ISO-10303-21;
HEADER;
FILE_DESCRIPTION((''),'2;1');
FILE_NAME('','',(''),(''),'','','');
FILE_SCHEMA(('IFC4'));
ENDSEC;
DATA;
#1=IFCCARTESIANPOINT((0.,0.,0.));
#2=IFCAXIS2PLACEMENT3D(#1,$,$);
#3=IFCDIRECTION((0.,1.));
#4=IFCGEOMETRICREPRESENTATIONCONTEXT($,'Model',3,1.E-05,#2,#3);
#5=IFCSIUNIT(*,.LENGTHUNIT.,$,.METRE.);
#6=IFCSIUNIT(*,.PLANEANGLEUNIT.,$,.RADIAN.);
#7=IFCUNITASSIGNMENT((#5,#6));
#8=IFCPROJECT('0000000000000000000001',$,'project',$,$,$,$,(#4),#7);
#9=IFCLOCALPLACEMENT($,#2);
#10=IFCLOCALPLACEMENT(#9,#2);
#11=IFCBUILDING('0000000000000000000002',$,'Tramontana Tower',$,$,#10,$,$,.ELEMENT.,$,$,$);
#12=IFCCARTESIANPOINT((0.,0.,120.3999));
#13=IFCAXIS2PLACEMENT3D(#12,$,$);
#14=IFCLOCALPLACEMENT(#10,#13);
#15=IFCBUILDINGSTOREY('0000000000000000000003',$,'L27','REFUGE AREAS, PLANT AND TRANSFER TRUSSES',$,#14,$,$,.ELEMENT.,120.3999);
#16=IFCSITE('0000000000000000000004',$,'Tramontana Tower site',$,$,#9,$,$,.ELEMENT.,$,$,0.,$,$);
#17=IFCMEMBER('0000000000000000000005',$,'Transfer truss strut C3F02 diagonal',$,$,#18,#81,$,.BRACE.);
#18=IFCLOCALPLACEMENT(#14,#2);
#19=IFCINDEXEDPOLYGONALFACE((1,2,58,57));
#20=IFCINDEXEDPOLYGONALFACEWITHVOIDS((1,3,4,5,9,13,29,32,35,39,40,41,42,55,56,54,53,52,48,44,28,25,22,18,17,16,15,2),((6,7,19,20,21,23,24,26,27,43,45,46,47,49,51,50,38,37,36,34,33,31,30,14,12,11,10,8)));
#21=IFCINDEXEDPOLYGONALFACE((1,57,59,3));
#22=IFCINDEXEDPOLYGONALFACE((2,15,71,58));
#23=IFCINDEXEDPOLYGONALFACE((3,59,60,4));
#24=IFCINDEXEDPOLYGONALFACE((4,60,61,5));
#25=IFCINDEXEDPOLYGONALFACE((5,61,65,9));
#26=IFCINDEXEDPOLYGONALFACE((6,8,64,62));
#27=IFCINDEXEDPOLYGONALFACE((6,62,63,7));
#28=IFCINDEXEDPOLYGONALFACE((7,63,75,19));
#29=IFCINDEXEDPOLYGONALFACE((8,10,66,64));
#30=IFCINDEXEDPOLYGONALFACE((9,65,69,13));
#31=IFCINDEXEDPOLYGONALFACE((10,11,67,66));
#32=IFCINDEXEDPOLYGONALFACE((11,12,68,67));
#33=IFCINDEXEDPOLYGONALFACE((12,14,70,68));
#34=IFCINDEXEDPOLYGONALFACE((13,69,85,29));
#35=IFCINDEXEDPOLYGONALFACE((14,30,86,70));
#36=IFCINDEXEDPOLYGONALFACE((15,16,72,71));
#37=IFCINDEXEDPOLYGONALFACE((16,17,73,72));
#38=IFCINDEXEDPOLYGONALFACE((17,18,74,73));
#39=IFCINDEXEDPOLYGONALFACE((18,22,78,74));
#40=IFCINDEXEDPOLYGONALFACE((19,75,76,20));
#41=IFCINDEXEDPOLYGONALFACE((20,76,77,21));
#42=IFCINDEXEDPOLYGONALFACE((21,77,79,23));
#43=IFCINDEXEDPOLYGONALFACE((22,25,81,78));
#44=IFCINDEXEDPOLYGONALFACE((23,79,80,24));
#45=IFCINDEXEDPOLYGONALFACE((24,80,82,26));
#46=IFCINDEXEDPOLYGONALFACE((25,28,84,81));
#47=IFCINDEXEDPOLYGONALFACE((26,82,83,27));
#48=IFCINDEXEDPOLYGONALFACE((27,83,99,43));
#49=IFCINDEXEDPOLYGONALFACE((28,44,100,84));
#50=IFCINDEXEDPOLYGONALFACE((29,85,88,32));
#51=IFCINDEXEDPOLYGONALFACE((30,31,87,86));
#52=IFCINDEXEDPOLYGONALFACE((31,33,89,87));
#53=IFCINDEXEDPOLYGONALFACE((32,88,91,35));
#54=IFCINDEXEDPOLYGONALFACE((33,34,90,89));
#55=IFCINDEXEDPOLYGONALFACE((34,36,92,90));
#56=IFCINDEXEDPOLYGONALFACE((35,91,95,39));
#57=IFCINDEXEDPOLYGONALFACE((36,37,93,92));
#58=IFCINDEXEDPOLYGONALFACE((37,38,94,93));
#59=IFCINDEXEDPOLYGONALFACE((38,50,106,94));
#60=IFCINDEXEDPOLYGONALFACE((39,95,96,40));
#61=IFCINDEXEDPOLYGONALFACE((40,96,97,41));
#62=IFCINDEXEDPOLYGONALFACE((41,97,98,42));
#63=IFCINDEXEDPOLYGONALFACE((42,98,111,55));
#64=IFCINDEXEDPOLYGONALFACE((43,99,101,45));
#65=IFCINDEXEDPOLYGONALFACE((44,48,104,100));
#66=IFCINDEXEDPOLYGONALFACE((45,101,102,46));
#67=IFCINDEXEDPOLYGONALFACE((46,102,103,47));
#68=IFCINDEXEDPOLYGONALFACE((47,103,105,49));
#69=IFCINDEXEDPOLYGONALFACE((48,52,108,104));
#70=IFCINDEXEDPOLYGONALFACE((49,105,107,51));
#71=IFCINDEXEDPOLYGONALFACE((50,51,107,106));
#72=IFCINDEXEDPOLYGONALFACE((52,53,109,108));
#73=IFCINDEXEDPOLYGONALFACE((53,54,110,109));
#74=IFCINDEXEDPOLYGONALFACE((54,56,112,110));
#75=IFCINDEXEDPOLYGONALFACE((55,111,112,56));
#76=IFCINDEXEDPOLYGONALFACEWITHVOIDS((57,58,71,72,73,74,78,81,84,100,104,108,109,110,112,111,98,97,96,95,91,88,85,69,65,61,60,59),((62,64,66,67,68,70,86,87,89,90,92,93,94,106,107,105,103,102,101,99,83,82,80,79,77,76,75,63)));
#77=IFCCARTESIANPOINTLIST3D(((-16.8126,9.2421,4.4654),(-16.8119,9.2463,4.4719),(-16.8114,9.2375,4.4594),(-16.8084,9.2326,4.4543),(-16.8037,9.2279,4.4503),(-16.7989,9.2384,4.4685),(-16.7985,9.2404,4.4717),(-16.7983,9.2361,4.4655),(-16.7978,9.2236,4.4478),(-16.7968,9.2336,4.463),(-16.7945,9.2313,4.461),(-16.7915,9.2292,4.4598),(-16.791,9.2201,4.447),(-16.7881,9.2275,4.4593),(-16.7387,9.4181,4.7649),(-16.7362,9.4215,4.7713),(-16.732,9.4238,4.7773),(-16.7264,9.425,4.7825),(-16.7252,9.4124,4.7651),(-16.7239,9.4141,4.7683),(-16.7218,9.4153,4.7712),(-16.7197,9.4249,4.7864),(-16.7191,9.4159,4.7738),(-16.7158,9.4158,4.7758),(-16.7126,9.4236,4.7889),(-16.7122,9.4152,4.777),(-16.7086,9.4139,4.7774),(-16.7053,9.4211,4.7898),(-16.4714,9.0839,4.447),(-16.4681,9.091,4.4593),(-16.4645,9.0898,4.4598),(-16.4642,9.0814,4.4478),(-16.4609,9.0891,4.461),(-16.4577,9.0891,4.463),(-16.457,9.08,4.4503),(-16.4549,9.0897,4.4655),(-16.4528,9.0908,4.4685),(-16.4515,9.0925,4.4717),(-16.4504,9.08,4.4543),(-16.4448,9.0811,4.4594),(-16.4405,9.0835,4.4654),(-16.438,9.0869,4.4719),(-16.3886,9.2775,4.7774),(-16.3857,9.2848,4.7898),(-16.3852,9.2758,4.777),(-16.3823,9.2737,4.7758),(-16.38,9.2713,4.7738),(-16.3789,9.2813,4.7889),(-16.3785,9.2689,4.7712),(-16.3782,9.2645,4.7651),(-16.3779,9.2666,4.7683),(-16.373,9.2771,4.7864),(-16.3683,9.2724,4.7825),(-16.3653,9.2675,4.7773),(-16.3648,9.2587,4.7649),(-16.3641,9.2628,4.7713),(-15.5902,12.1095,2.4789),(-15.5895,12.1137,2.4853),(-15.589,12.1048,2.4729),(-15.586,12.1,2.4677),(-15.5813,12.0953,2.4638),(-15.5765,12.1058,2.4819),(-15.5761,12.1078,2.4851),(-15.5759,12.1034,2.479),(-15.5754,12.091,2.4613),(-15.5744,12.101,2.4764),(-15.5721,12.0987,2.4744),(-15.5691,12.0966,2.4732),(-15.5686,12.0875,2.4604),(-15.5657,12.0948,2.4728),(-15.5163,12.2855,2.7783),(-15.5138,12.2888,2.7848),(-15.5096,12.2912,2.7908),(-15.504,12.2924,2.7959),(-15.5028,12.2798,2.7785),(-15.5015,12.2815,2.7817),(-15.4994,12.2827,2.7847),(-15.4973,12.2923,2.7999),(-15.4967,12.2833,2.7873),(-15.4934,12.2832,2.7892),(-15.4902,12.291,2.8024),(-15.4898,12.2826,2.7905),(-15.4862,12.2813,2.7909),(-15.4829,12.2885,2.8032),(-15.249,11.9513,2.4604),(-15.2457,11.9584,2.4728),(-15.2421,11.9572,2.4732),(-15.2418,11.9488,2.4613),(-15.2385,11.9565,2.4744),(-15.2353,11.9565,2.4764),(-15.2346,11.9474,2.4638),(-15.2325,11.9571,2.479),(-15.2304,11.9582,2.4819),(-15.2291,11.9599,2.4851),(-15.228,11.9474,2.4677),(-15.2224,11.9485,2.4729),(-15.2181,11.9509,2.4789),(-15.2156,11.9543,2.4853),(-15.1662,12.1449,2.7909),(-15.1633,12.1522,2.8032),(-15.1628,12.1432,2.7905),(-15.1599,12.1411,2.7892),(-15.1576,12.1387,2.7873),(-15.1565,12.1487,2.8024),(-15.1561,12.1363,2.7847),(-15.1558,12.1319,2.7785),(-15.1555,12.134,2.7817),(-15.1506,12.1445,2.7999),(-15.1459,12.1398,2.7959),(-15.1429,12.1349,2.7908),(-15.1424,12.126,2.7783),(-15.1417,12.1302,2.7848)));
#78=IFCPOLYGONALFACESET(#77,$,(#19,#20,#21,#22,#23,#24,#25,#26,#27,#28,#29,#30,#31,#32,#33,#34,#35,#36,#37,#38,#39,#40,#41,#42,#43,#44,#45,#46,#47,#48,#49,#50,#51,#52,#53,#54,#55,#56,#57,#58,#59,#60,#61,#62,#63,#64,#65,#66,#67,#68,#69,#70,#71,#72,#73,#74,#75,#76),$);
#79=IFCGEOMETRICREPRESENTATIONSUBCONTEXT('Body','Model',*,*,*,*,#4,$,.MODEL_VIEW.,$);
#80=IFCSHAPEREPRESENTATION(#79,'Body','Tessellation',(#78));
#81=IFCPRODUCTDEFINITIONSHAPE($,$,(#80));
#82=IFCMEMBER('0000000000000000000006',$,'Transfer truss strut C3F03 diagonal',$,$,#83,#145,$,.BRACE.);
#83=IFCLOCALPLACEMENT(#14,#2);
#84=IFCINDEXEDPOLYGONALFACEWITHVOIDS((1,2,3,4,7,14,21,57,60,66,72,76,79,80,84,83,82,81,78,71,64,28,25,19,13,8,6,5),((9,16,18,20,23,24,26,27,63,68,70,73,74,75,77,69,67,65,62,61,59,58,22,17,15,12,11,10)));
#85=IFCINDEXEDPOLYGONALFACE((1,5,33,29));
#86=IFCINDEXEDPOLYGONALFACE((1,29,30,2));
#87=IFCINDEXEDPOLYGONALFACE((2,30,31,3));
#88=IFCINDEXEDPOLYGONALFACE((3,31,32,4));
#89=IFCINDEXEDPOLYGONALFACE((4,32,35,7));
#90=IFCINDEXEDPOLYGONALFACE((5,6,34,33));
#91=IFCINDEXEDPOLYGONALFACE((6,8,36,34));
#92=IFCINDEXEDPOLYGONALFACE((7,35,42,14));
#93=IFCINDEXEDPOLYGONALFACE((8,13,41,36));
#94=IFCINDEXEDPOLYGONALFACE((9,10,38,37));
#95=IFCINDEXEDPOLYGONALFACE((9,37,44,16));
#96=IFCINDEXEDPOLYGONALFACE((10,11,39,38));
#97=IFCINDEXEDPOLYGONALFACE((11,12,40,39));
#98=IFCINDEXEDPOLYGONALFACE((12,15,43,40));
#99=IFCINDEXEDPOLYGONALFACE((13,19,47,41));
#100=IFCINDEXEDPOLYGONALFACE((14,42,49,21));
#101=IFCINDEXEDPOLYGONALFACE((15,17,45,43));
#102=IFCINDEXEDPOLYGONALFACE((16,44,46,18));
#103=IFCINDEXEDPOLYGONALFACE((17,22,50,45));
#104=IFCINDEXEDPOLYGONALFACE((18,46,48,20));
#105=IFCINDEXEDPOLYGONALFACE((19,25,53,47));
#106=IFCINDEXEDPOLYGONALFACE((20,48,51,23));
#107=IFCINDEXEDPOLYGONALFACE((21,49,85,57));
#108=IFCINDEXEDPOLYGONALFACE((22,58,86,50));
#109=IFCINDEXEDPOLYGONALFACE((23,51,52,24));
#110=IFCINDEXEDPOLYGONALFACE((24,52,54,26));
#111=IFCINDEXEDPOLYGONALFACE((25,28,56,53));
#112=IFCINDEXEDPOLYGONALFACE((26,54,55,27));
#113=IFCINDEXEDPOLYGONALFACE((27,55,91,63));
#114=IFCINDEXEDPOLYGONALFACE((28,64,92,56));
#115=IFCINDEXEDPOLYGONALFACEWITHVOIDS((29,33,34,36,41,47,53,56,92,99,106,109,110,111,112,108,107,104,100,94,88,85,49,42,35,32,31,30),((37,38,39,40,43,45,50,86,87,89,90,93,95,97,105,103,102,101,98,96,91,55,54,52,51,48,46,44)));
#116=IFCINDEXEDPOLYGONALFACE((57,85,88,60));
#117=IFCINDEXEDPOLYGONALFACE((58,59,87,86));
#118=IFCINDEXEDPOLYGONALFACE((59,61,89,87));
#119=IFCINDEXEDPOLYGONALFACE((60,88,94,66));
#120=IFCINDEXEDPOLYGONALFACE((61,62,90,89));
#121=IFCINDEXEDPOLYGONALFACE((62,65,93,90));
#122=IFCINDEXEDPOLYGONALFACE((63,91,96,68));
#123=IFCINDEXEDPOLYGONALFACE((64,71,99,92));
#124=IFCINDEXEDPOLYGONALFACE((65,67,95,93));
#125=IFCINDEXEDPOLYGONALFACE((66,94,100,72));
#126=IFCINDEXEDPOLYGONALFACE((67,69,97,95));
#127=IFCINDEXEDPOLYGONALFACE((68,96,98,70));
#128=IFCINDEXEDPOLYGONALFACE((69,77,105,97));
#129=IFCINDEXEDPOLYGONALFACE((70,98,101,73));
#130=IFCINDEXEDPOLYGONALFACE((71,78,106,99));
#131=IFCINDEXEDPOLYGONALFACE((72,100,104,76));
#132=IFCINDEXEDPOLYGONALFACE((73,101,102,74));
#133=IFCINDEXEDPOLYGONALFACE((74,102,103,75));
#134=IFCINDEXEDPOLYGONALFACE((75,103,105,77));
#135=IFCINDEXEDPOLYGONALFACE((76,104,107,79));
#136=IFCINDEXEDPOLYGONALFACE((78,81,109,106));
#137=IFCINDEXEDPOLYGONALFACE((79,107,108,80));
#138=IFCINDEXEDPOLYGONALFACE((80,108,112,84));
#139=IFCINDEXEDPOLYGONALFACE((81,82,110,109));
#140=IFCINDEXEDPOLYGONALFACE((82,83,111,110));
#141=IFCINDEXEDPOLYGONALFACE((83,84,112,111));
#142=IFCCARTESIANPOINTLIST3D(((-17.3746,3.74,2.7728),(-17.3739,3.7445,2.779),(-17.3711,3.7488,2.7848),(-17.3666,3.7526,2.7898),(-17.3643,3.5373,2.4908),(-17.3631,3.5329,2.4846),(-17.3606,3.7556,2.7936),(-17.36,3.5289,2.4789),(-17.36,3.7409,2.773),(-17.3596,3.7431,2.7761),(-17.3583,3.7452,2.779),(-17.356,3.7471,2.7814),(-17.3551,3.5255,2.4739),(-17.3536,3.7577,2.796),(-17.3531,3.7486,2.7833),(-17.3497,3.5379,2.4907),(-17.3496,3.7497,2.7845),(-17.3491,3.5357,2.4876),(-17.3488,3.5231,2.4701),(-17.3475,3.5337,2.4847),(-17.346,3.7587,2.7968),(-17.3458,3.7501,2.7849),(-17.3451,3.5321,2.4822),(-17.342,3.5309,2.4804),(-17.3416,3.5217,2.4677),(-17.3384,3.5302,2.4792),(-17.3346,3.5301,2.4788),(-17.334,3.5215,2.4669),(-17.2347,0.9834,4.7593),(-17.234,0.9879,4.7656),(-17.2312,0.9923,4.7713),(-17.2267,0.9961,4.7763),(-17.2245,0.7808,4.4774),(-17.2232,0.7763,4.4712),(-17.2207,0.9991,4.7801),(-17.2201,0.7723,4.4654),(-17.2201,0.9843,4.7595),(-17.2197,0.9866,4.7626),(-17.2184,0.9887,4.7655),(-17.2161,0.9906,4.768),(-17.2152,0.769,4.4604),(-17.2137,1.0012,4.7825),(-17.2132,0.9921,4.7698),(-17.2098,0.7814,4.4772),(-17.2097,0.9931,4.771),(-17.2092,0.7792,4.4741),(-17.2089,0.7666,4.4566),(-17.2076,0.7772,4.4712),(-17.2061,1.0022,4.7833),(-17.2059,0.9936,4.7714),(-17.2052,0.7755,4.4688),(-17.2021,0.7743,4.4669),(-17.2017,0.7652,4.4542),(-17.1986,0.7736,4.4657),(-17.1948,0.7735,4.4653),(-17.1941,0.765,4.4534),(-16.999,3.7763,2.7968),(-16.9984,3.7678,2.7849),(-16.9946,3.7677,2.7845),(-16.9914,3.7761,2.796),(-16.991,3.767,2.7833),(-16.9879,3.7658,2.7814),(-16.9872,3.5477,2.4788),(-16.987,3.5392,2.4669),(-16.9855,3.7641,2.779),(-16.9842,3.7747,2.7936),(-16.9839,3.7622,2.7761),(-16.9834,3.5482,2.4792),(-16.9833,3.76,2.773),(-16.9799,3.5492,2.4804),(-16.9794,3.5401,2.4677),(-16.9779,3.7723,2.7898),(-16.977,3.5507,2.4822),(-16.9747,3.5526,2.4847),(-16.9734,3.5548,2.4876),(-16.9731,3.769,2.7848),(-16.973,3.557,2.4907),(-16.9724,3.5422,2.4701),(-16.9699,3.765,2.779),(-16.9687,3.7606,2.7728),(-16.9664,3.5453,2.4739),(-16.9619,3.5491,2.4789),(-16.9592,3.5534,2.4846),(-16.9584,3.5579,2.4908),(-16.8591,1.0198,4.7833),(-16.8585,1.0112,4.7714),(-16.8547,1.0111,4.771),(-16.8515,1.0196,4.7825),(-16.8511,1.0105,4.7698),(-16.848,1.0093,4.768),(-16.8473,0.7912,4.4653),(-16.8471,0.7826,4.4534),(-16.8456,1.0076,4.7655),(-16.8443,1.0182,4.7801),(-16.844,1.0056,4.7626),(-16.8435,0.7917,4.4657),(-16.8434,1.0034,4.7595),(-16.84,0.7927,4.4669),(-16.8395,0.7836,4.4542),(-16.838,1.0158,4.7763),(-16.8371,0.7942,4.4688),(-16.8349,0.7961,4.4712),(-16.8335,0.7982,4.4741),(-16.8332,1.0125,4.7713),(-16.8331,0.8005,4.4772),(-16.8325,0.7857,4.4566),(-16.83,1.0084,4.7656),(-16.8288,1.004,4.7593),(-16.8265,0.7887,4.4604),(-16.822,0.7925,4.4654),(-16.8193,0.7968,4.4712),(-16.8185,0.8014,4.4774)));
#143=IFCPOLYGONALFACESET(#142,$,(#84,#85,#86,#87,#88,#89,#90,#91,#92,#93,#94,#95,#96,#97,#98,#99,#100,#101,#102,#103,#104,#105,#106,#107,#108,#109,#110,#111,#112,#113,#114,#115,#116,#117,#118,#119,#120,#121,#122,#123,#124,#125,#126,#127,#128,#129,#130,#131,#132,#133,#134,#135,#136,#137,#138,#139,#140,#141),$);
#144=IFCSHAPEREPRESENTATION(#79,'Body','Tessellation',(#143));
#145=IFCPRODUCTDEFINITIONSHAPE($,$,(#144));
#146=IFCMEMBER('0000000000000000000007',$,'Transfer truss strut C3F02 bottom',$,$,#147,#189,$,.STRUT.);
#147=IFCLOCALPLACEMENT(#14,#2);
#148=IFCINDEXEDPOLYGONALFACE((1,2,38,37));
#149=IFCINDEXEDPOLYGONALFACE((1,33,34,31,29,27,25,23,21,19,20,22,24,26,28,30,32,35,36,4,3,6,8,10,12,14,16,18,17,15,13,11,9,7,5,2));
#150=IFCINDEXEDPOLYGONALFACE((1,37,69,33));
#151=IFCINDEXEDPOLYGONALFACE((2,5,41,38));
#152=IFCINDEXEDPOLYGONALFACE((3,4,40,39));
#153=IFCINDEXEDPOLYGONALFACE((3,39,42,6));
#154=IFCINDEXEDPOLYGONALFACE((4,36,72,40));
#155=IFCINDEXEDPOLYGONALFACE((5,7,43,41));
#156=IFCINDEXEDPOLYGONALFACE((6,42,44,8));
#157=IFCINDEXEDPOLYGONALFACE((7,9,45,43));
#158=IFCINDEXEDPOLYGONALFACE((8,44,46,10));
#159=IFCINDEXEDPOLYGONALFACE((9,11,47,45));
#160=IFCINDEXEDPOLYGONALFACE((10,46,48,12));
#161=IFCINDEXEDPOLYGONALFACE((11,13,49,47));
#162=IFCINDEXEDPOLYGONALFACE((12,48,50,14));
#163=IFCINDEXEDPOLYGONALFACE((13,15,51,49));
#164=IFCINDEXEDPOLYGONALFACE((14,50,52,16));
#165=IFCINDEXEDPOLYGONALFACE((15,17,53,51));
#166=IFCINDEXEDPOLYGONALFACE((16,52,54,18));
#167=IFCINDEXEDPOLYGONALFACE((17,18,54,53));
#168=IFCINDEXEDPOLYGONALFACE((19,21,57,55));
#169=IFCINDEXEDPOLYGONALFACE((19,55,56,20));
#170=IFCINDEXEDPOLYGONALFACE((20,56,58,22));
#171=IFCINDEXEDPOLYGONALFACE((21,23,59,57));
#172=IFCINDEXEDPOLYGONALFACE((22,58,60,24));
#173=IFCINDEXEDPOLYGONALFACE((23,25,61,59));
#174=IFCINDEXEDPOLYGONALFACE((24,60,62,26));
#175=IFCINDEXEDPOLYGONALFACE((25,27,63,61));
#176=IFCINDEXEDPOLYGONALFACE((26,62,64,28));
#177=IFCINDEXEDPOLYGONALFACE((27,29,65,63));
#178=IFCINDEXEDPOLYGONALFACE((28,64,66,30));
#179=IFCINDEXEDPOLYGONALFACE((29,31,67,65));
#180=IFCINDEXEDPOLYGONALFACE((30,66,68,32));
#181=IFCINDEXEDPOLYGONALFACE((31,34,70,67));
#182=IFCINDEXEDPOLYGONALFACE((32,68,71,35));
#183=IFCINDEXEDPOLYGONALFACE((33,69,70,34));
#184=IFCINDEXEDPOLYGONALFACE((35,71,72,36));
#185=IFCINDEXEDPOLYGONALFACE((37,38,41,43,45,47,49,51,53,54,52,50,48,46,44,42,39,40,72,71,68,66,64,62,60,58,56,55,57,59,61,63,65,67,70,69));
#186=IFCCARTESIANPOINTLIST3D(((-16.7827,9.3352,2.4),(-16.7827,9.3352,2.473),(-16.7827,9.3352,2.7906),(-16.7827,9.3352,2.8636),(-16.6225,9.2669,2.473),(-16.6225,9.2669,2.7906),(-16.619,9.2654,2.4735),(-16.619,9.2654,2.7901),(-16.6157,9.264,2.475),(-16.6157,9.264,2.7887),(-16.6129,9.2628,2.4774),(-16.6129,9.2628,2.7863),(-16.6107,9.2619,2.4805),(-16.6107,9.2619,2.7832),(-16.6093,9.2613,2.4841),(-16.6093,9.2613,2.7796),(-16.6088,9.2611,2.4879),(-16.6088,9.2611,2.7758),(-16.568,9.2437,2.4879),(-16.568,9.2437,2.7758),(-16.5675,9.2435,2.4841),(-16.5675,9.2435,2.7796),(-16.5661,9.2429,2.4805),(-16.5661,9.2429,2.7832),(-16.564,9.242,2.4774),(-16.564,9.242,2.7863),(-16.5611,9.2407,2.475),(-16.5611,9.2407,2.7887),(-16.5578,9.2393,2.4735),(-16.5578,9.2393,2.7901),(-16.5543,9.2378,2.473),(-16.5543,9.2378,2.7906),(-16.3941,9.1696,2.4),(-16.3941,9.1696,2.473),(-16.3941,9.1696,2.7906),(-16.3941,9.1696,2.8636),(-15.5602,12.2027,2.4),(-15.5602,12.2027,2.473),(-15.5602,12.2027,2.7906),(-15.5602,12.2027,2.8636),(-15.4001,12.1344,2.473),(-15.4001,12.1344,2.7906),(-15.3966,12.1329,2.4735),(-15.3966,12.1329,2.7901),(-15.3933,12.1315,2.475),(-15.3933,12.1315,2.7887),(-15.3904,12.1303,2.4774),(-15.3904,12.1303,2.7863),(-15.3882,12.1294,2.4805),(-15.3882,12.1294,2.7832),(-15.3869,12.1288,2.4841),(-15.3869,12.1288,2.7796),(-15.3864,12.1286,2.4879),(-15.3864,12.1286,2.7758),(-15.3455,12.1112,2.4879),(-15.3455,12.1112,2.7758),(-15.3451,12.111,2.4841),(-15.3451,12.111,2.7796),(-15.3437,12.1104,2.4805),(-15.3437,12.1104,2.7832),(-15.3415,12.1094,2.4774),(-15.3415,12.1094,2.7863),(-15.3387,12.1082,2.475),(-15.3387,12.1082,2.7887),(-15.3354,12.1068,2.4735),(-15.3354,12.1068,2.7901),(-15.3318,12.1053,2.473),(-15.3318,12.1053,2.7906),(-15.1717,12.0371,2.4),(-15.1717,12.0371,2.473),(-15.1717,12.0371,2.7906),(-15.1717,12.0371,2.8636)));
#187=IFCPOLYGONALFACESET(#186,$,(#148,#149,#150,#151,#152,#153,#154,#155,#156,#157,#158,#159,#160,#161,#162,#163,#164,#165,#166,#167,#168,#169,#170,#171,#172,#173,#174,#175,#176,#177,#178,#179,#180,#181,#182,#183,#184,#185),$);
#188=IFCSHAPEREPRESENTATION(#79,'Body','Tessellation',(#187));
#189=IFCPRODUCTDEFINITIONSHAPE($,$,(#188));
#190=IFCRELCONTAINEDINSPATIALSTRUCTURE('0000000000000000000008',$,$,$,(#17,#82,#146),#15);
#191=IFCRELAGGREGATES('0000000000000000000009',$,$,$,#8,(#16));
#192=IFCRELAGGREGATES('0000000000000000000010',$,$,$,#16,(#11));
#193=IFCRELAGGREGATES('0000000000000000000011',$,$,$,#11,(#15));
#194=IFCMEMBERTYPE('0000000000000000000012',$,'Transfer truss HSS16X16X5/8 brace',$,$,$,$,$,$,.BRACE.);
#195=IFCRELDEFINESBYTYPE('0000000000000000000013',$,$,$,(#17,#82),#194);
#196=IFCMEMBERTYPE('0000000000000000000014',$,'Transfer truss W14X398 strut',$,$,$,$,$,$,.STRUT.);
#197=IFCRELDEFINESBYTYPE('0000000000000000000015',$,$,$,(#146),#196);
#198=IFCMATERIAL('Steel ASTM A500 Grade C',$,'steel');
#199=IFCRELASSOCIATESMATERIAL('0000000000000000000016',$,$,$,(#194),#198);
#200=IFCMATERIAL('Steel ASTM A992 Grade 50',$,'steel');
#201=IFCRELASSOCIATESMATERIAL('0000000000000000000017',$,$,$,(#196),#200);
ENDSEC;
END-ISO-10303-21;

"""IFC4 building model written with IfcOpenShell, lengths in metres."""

from ifc_helpers import new_model, si_unit, direction, frame, origin, origin_2d, place, context, subcontext, project, spatial, hollow_rectangle, i_section, extrude, material, material_profile, profile_set, type_object, element, save


model = new_model("IFC4")

# Units and contexts
model_context = context("Model", 3, precision=1e-05, world=origin(), true_north=direction((0.0, 1.0)))
body_context = subcontext(model_context, "Body", "Model", "MODEL_VIEW")
ifc_project = project(units=[si_unit("LENGTHUNIT", "METRE"), si_unit("PLANEANGLEUNIT", "RADIAN")], contexts=[model_context])

# Site, building, storey
site_placement = place(None, origin())
site = spatial("IfcSite", under=ifc_project, at=site_placement, Name="Tramontana Tower site", CompositionType="ELEMENT", RefElevation=0.0)
building_placement = place(site_placement, origin())
building = spatial("IfcBuilding", under=site, at=building_placement, Name="Tramontana Tower", CompositionType="ELEMENT")
storey_placement = place(building_placement, frame((0.0, 0.0, 120.3999)))
storey = spatial("IfcBuildingStorey", under=building, at=storey_placement, Name="L27", Description="REFUGE AREAS, PLANT AND TRANSFER TRUSSES", CompositionType="ELEMENT", Elevation=120.3999)

# Members
ifc_material_1 = material(Name="Steel ASTM A500 Grade C", Category="steel")
ifc_material_profile_1 = material_profile(ifc_material_1, hollow_rectangle(XDim=0.4065, YDim=0.4065, WallThickness=0.0146, InnerFilletRadius=0.0146, OuterFilletRadius=0.0295, at=origin_2d()), Name="HSS16X16X5/8")
ifc_profile_set_1 = profile_set([ifc_material_profile_1], Name="Steel ASTM A500 Grade C")
member_type_1 = type_object("IfcMemberType", Name="Transfer truss HSS16X16X5/8 brace", PredefinedType="BRACE", material=ifc_profile_set_1)
member_1_placement = place(storey_placement, frame((-15.366, 12.1199, 2.6318), z_axis=(-0.330709, -0.775749, 0.537443), x_axis=(0.919897, -0.39216, 0.0)))
element("IfcMember", 1, at=member_1_placement, inside=storey, type_object=member_type_1, Name="Transfer truss strut C3F02 diagonal", PredefinedType="BRACE", context=body_context, shape_type="SweptSolid", body=[
    extrude(hollow_rectangle(XDim=0.4065, YDim=0.4065, WallThickness=0.0146, InnerFilletRadius=0.0146, OuterFilletRadius=0.0295, at=origin_2d()), origin(), (0.0, 0.0, 1.0), 3.6963),
])
member_2_placement = place(storey_placement, frame((-17.1665, 3.6489, 2.6318), z_axis=(0.041136, -0.810593, 0.584164), x_axis=(0.998715, 0.050683, 0.0)))
element("IfcMember", 2, at=member_2_placement, inside=storey, type_object=member_type_1, Name="Transfer truss strut C3F03 diagonal", PredefinedType="BRACE", context=body_context, shape_type="SweptSolid", body=[
    extrude(hollow_rectangle(XDim=0.4065, YDim=0.4065, WallThickness=0.0146, InnerFilletRadius=0.0146, OuterFilletRadius=0.0295, at=origin_2d()), origin(), (0.0, 0.0, 1.0), 3.4006),
])
ifc_material_2 = material(Name="Steel ASTM A992 Grade 50", Category="steel")
ifc_material_profile_2 = material_profile(ifc_material_2, i_section(OverallWidth=0.4224, OverallDepth=0.4636, WebThickness=0.0444, FlangeThickness=0.073, FilletRadius=0.0149, at=origin_2d()), Name="W14X398")
ifc_profile_set_2 = profile_set([ifc_material_profile_2], Name="Steel ASTM A992 Grade 50")
member_type_2 = type_object("IfcMemberType", Name="Transfer truss W14X398 strut", PredefinedType="STRUT", material=ifc_profile_set_2)
member_3_placement = place(storey_placement, frame((-15.366, 12.1199, 2.6318), z_axis=(-0.39216, -0.919897, 0.0), x_axis=(0.919897, -0.39216, 0.0)))
element("IfcMember", 3, at=member_3_placement, inside=storey, type_object=member_type_2, Name="Transfer truss strut C3F02 bottom", PredefinedType="STRUT", context=body_context, shape_type="SweptSolid", body=[
    extrude(i_section(OverallWidth=0.4224, OverallDepth=0.4636, WebThickness=0.0444, FlangeThickness=0.073, FilletRadius=0.0149, at=origin_2d()), origin(), (0.0, 0.0, 1.0), 3.1172),
])

save(model, "model.ifc")
